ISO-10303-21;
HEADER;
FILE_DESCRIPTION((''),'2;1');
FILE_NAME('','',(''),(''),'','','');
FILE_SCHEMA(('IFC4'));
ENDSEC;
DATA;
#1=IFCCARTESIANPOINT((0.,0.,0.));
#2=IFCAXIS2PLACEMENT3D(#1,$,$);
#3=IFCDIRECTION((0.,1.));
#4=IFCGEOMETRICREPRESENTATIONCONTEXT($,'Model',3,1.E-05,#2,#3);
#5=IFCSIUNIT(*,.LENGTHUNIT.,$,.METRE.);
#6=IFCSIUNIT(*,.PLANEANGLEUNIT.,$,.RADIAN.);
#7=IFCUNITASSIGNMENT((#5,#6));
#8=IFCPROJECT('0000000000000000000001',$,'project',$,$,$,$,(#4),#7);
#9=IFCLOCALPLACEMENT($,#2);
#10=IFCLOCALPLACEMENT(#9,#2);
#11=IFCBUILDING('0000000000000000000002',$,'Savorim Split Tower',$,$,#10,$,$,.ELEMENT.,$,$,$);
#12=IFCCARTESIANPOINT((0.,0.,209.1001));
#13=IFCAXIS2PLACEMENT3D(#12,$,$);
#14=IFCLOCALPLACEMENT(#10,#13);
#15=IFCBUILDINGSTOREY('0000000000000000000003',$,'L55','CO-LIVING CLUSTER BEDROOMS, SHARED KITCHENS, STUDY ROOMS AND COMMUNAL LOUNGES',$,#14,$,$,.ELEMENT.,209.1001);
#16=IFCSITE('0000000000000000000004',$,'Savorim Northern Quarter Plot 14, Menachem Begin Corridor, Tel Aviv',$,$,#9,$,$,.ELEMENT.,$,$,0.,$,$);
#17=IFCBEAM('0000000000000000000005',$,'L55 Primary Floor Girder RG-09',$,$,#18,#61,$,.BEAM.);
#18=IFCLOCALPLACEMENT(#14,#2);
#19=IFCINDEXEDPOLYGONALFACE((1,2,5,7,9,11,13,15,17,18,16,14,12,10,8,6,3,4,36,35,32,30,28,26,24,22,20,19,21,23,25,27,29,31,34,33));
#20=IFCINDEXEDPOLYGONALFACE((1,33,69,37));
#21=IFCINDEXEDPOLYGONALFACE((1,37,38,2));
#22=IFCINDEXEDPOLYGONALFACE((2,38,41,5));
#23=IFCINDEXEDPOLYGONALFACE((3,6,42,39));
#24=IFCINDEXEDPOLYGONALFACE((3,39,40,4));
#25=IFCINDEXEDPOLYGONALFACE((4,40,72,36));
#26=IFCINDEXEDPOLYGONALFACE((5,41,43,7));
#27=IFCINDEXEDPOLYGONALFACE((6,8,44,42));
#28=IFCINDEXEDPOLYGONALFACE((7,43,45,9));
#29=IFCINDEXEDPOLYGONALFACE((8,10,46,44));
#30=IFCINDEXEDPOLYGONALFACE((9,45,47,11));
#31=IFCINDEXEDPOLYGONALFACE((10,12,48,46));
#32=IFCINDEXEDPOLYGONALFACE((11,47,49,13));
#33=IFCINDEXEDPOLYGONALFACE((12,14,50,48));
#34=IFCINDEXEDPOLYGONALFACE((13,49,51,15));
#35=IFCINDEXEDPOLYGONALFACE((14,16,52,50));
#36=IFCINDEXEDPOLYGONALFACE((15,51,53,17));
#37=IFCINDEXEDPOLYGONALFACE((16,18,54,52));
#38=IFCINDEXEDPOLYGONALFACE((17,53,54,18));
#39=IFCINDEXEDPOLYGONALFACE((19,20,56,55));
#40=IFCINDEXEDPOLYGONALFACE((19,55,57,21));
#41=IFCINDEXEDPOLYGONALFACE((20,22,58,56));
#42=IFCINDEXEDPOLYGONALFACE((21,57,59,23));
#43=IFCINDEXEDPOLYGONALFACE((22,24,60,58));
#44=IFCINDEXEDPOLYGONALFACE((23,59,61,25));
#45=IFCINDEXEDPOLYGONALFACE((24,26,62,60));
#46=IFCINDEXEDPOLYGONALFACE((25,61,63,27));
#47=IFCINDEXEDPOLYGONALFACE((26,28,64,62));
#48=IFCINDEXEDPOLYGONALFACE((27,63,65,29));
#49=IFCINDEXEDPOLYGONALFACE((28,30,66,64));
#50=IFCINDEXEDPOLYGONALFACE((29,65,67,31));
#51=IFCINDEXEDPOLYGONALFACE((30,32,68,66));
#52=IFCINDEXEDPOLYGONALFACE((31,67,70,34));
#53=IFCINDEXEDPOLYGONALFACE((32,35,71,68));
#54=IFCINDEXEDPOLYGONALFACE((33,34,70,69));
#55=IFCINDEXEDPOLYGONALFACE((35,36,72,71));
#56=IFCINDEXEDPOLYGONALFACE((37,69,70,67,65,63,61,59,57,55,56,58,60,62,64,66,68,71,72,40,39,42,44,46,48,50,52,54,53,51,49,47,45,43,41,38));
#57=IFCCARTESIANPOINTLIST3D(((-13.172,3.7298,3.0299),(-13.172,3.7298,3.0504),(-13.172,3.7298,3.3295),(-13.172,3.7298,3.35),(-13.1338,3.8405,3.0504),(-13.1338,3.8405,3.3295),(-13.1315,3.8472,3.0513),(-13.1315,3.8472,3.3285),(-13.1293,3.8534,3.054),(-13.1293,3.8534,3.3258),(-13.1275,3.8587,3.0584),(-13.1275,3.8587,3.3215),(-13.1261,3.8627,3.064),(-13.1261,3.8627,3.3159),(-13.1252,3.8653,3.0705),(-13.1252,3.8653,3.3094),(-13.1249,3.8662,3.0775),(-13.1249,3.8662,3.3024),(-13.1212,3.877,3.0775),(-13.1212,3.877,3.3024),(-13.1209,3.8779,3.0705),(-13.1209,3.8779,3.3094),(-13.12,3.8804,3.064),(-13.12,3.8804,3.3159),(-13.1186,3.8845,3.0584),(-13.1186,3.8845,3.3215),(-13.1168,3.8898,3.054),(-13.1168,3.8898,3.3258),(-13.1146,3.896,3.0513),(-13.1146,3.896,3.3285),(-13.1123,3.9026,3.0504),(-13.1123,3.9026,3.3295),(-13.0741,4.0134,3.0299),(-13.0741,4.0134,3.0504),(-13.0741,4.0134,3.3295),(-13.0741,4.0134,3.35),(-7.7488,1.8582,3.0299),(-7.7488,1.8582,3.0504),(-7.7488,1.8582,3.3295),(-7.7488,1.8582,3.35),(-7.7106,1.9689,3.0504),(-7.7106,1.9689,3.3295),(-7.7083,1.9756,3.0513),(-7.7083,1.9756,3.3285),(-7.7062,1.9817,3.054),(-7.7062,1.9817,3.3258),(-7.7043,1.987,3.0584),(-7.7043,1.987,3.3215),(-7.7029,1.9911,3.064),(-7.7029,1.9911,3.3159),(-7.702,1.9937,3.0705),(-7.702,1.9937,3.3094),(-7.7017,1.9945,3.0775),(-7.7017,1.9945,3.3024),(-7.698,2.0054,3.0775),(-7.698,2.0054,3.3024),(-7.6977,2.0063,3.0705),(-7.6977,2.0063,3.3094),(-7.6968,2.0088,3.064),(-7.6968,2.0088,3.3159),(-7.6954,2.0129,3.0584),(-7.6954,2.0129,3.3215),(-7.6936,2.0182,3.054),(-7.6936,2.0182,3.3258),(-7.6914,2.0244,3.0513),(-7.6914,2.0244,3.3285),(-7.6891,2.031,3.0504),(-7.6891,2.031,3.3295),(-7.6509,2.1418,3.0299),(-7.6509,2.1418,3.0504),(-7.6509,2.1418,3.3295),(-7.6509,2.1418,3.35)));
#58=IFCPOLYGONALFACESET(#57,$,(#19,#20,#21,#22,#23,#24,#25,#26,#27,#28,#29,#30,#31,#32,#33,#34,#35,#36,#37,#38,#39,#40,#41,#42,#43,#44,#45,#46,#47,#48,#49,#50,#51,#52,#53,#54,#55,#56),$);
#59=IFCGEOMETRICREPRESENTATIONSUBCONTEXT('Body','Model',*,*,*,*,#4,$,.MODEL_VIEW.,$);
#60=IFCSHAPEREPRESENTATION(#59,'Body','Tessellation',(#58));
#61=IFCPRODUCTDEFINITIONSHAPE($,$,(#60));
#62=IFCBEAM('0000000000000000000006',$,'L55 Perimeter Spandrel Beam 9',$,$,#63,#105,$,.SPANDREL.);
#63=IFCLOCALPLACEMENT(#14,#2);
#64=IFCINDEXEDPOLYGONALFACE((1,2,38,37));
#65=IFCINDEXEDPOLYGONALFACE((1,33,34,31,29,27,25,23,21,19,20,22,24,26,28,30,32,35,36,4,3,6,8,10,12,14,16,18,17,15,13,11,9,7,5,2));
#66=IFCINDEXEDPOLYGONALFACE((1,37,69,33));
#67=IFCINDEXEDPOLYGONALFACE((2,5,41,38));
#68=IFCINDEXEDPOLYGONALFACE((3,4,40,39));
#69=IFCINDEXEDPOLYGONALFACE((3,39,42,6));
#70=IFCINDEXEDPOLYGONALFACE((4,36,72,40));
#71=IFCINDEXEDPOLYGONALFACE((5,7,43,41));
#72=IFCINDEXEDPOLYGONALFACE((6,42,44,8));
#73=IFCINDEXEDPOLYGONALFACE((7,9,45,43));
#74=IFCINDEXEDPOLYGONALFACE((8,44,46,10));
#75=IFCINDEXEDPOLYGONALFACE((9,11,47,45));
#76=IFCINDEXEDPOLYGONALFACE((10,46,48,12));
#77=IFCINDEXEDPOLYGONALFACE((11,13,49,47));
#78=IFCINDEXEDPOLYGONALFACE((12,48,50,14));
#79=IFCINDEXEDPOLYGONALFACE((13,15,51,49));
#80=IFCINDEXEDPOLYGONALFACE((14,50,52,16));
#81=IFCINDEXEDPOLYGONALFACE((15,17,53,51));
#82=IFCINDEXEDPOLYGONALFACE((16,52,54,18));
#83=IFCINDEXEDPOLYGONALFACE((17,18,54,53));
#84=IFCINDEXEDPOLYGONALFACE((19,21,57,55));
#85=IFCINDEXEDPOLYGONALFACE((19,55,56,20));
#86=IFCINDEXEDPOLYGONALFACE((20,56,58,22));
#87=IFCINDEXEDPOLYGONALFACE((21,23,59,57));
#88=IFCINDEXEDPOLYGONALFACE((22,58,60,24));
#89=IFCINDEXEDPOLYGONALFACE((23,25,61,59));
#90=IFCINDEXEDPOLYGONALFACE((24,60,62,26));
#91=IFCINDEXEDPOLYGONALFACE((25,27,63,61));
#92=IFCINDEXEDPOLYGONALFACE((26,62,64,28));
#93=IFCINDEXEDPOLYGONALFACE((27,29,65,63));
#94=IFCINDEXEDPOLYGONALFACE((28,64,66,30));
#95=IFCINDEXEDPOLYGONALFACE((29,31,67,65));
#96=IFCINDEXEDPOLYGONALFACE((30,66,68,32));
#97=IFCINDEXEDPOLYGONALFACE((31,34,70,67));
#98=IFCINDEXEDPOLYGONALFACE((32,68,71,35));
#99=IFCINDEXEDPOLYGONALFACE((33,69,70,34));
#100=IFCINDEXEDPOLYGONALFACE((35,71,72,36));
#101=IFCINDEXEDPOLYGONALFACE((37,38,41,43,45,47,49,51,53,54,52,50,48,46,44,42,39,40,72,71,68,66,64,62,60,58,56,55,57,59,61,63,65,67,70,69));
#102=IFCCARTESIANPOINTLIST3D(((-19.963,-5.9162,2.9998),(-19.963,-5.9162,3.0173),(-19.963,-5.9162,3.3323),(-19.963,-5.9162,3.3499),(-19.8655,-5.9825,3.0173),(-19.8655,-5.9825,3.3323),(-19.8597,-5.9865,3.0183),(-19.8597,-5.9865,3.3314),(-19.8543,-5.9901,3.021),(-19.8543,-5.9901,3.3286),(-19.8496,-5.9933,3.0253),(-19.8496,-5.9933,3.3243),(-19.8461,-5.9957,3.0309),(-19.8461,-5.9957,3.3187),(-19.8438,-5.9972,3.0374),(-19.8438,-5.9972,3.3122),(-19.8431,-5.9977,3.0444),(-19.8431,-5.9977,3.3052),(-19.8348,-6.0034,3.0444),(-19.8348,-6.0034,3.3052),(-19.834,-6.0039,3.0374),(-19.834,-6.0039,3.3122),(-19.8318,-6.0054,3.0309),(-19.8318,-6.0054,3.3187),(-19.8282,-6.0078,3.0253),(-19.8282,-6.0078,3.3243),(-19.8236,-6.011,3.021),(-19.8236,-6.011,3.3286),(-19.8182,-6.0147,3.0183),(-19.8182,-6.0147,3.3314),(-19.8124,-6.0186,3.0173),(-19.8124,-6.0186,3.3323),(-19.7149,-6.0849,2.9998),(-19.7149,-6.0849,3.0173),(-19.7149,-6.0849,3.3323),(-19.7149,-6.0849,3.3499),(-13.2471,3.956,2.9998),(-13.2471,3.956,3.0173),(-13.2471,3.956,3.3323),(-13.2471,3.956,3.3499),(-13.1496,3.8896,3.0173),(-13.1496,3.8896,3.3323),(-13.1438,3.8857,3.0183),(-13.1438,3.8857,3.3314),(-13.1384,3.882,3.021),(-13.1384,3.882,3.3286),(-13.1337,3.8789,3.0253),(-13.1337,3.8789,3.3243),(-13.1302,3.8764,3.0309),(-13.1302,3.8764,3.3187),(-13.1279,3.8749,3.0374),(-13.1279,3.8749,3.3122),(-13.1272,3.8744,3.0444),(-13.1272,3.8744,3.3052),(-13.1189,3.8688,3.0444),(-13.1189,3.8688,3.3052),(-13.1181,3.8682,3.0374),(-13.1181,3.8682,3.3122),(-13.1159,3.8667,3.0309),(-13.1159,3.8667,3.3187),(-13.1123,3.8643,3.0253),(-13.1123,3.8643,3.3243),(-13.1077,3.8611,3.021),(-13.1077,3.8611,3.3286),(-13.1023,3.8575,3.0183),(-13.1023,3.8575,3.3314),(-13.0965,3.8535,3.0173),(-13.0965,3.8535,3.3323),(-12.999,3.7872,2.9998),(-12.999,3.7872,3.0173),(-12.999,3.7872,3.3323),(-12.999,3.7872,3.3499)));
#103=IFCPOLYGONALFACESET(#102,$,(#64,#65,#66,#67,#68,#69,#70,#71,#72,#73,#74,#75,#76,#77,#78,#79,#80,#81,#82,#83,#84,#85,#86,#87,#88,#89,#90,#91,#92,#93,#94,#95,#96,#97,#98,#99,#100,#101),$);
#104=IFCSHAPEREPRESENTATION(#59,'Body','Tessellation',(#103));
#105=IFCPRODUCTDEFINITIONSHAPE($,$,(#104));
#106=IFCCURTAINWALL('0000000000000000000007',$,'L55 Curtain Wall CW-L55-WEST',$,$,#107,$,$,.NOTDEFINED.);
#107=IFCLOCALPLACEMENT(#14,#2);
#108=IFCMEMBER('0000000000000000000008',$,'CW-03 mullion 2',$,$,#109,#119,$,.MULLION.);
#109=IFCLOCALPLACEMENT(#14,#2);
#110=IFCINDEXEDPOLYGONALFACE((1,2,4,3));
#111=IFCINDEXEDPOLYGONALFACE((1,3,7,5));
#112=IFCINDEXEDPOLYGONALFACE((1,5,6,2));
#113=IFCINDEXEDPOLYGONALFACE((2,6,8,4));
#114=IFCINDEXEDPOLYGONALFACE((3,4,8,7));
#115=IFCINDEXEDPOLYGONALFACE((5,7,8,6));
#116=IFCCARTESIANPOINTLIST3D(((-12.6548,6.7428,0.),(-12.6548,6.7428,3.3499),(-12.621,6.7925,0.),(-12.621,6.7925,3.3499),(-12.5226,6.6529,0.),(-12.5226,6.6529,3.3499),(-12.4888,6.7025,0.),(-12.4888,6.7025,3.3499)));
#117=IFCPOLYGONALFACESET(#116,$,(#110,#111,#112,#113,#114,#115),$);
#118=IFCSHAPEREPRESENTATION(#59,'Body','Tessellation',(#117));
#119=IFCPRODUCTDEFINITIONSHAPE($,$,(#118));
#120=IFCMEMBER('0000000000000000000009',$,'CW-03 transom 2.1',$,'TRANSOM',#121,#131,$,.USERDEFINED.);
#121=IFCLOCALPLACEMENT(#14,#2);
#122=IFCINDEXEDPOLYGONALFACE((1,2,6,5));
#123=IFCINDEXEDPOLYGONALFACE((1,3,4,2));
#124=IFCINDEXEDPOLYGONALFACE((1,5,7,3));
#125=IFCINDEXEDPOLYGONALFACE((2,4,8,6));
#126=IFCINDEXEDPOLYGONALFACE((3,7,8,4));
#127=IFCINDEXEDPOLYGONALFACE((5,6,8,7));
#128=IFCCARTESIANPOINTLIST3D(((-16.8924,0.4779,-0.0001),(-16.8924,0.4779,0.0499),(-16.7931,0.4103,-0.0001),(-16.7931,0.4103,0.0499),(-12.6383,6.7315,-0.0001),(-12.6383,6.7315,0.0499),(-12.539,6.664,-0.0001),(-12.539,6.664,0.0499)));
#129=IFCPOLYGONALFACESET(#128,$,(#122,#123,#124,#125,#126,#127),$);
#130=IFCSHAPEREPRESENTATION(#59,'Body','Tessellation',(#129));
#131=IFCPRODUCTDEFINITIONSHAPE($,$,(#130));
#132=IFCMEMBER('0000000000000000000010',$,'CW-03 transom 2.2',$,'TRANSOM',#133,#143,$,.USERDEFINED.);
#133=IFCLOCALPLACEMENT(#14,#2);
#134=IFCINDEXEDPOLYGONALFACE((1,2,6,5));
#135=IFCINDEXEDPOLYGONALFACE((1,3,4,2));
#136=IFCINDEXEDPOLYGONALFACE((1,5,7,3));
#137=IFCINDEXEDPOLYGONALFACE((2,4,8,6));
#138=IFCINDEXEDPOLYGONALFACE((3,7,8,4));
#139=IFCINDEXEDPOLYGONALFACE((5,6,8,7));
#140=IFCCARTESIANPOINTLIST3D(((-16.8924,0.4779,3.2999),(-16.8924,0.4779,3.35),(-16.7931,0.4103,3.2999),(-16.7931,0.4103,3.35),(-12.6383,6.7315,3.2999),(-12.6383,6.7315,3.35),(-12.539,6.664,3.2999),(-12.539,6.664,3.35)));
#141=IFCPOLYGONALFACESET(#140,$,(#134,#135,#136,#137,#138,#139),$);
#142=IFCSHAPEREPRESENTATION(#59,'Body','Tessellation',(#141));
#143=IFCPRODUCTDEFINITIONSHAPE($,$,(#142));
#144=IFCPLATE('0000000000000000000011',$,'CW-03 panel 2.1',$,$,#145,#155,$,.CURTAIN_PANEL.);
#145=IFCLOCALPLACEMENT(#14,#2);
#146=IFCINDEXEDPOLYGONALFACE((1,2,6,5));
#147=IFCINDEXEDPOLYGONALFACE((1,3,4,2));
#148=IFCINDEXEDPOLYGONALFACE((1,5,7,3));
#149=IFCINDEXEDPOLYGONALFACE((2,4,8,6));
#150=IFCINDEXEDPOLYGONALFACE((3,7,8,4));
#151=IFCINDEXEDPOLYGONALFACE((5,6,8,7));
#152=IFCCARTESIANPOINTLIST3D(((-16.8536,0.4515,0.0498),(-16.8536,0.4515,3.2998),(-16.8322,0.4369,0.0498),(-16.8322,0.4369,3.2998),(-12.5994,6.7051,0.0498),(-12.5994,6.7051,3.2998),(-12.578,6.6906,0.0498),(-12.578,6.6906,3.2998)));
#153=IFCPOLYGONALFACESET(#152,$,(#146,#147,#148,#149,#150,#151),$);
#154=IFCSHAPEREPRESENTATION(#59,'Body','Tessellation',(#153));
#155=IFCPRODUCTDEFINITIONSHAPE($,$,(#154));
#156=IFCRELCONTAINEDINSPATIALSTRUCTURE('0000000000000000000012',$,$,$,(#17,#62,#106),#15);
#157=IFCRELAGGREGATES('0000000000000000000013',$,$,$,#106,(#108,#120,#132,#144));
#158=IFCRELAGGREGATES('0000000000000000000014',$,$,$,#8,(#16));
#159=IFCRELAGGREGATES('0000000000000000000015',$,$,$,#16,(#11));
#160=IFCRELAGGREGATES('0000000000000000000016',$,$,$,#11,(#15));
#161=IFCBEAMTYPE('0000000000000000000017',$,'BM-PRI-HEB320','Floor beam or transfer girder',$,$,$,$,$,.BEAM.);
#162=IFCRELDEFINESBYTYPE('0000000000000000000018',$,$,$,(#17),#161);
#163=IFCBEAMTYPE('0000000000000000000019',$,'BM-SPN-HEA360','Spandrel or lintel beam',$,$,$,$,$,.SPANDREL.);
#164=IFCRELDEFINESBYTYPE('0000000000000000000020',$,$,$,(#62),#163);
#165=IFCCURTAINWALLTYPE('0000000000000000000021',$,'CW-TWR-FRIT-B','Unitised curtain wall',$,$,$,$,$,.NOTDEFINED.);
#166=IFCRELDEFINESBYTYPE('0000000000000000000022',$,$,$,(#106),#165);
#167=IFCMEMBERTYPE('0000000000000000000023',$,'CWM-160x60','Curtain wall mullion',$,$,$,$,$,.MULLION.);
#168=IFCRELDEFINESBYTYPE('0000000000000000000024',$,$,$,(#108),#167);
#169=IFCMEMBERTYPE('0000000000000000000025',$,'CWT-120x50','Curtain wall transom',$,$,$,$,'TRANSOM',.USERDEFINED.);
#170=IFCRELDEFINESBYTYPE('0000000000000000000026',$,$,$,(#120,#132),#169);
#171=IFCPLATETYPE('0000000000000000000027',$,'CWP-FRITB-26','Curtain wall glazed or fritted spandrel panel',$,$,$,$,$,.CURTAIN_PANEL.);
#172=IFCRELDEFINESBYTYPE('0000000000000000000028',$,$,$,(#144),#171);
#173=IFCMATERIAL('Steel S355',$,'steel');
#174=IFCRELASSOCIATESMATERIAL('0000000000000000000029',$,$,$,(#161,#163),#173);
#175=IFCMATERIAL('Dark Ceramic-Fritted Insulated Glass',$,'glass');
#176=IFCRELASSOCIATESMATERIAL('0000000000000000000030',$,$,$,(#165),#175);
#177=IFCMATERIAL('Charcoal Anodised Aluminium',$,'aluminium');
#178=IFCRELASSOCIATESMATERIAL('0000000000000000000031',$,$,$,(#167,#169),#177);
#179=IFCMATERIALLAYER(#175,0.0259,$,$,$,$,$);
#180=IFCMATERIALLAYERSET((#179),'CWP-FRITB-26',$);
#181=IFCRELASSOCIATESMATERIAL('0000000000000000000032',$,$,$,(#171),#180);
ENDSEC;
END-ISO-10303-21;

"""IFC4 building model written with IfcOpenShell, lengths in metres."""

from ifc_helpers import new_model, si_unit, direction, frame, origin, origin_2d, place, context, subcontext, project, spatial, rectangle, i_section, extrude, material, layer, layer_set, material_profile, profile_set, type_object, element, aggregate, save


model = new_model("IFC4")

# Units and contexts
model_context = context("Model", 3, precision=1e-05, world=origin(), true_north=direction((0.0, 1.0)))
body_context = subcontext(model_context, "Body", "Model", "MODEL_VIEW")
ifc_project = project(units=[si_unit("LENGTHUNIT", "METRE"), si_unit("PLANEANGLEUNIT", "RADIAN")], contexts=[model_context])

# Site, building, storey
site_placement = place(None, origin())
site = spatial("IfcSite", under=ifc_project, at=site_placement, Name="Savorim Northern Quarter Plot 14, Menachem Begin Corridor, Tel Aviv", CompositionType="ELEMENT", RefElevation=0.0)
building_placement = place(site_placement, origin())
building = spatial("IfcBuilding", under=site, at=building_placement, Name="Savorim Split Tower", CompositionType="ELEMENT")
storey_placement = place(building_placement, frame((0.0, 0.0, 209.1001)))
storey = spatial("IfcBuildingStorey", under=building, at=storey_placement, Name="L55", Description="CO-LIVING CLUSTER BEDROOMS, SHARED KITCHENS, STUDY ROOMS AND COMMUNAL LOUNGES", CompositionType="ELEMENT", Elevation=209.1001)

# Shared definitions
ifc_material_1 = material(Name="Steel S355", Category="steel")

# Beams
ifc_material_profile_1 = material_profile(ifc_material_1, i_section(OverallWidth=0.3, OverallDepth=0.3201, WebThickness=0.0115, FlangeThickness=0.0205, FilletRadius=0.0271, at=origin_2d()), Name="HEB 320")
ifc_profile_set_1 = profile_set([ifc_material_profile_1], Name="Steel S355")
beam_type_1 = type_object("IfcBeamType", Name="BM-PRI-HEB320", Description="Floor beam or transfer girder", PredefinedType="BEAM", material=ifc_profile_set_1)
beam_1_placement = place(storey_placement, frame((-13.123, 3.8716, 3.1899), z_axis=(0.94529, -0.326232, 0.0), x_axis=(0.326232, 0.94529, 0.0)))
element("IfcBeam", 1, at=beam_1_placement, inside=storey, type_object=beam_type_1, Name="L55 Primary Floor Girder RG-09", PredefinedType="BEAM", context=body_context, shape_type="SweptSolid", body=[
    extrude(i_section(OverallWidth=0.3, OverallDepth=0.3201, WebThickness=0.0115, FlangeThickness=0.0205, FilletRadius=0.0271, at=origin_2d()), origin(), (0.0, 0.0, 1.0), 5.7371),
])
ifc_material_profile_2 = material_profile(ifc_material_1, i_section(OverallWidth=0.3, OverallDepth=0.3501, WebThickness=0.01, FlangeThickness=0.0176, FilletRadius=0.0271, at=origin_2d()), Name="HEA 360")
ifc_profile_set_2 = profile_set([ifc_material_profile_2], Name="Steel S355")
beam_type_2 = type_object("IfcBeamType", Name="BM-SPN-HEA360", Description="Spandrel or lintel beam", PredefinedType="SPANDREL", material=ifc_profile_set_2)
beam_2_placement = place(storey_placement, frame((-13.123, 3.8716, 3.1748), z_axis=(-0.562471, -0.826817, 0.0), x_axis=(0.826817, -0.562471, 0.0)))
element("IfcBeam", 2, at=beam_2_placement, inside=storey, type_object=beam_type_2, Name="L55 Perimeter Spandrel Beam 9", PredefinedType="SPANDREL", context=body_context, shape_type="SweptSolid", body=[
    extrude(i_section(OverallWidth=0.3, OverallDepth=0.3501, WebThickness=0.01, FlangeThickness=0.0176, FilletRadius=0.0271, at=origin_2d()), origin(), (0.0, 0.0, 1.0), 11.9399),
])

# Curtain wall, members, plate
ifc_material_2 = material(Name="Dark Ceramic-Fritted Insulated Glass", Category="glass")
curtain_wall_type = type_object("IfcCurtainWallType", Name="CW-TWR-FRIT-B", Description="Unitised curtain wall", PredefinedType="NOTDEFINED", material=ifc_material_2)
curtain_wall_placement = place(storey_placement, origin())
curtain_wall = element("IfcCurtainWall", 3, at=curtain_wall_placement, inside=storey, type_object=curtain_wall_type, Name="L55 Curtain Wall CW-L55-WEST", PredefinedType="NOTDEFINED")
ifc_material_3 = material(Name="Charcoal Anodised Aluminium", Category="aluminium")
ifc_material_profile_3 = material_profile(ifc_material_3, rectangle(XDim=0.1599, YDim=0.0601, at=origin_2d()), Name="ALU-M 160x60")
ifc_profile_set_3 = profile_set([ifc_material_profile_3], Name="Charcoal Anodised Aluminium")
member_type_1 = type_object("IfcMemberType", Name="CWM-160x60", Description="Curtain wall mullion", PredefinedType="MULLION", material=ifc_profile_set_3)
member_1_placement = place(storey_placement, frame((-12.5718, 6.7227, 0.0), z_axis=(0.0, 0.0, 1.0), x_axis=(0.826821, -0.562465, 0.0)))
member_1 = element("IfcMember", 4, at=member_1_placement, type_object=member_type_1, Name="CW-03 mullion 2", PredefinedType="MULLION", context=body_context, shape_type="SweptSolid", body=[
    extrude(rectangle(XDim=0.1599, YDim=0.0601, at=origin_2d()), origin(), (0.0, 0.0, 1.0), 3.3499),
])
ifc_material_profile_4 = material_profile(ifc_material_3, rectangle(XDim=0.1201, YDim=0.05, at=origin_2d()), Name="ALU-T 120x50")
ifc_profile_set_4 = profile_set([ifc_material_profile_4], Name="Charcoal Anodised Aluminium")
member_type_2 = type_object("IfcMemberType", Name="CWT-120x50", Description="Curtain wall transom", ElementType="TRANSOM", PredefinedType="USERDEFINED", material=ifc_profile_set_4)
member_2_placement = place(storey_placement, frame((-12.5886, 6.6978, 0.0249), z_axis=(-0.56246, -0.826824, 0.0), x_axis=(0.826824, -0.56246, 0.0)))
member_2 = element("IfcMember", 5, at=member_2_placement, type_object=member_type_2, Name="CW-03 transom 2.1", ObjectType="TRANSOM", PredefinedType="USERDEFINED", context=body_context, shape_type="SweptSolid", body=[
    extrude(rectangle(XDim=0.1201, YDim=0.05, at=origin_2d()), origin(), (0.0, 0.0, 1.0), 7.5635),
])
member_3_placement = place(storey_placement, frame((-12.5886, 6.6978, 3.325), z_axis=(-0.56246, -0.826824, 0.0), x_axis=(0.826824, -0.56246, 0.0)))
member_3 = element("IfcMember", 6, at=member_3_placement, type_object=member_type_2, Name="CW-03 transom 2.2", ObjectType="TRANSOM", PredefinedType="USERDEFINED", context=body_context, shape_type="SweptSolid", body=[
    extrude(rectangle(XDim=0.1201, YDim=0.05, at=origin_2d()), origin(), (0.0, 0.0, 1.0), 7.5635),
])
ifc_layer_1 = layer(ifc_material_2, 0.0259)
ifc_layer_set_1 = layer_set([ifc_layer_1], Name="CWP-FRITB-26")
plate_type = type_object("IfcPlateType", Name="CWP-FRITB-26", Description="Curtain wall glazed or fritted spandrel panel", PredefinedType="CURTAIN_PANEL", material=ifc_layer_set_1)
plate_placement = place(storey_placement, frame((-14.7158, 3.571, 0.0498), z_axis=(0.0, 0.0, 1.0), x_axis=(-0.562465, -0.826821, 0.0)))
plate = element("IfcPlate", 7, at=plate_placement, type_object=plate_type, Name="CW-03 panel 2.1", PredefinedType="CURTAIN_PANEL", context=body_context, shape_type="SweptSolid", body=[
    extrude(rectangle(XDim=7.5635, YDim=0.0259, at=origin_2d()), origin(), (0.0, 0.0, 1.0), 3.25),
])
aggregate(curtain_wall, [member_1, member_2, member_3, plate])

save(model, "model.ifc")
